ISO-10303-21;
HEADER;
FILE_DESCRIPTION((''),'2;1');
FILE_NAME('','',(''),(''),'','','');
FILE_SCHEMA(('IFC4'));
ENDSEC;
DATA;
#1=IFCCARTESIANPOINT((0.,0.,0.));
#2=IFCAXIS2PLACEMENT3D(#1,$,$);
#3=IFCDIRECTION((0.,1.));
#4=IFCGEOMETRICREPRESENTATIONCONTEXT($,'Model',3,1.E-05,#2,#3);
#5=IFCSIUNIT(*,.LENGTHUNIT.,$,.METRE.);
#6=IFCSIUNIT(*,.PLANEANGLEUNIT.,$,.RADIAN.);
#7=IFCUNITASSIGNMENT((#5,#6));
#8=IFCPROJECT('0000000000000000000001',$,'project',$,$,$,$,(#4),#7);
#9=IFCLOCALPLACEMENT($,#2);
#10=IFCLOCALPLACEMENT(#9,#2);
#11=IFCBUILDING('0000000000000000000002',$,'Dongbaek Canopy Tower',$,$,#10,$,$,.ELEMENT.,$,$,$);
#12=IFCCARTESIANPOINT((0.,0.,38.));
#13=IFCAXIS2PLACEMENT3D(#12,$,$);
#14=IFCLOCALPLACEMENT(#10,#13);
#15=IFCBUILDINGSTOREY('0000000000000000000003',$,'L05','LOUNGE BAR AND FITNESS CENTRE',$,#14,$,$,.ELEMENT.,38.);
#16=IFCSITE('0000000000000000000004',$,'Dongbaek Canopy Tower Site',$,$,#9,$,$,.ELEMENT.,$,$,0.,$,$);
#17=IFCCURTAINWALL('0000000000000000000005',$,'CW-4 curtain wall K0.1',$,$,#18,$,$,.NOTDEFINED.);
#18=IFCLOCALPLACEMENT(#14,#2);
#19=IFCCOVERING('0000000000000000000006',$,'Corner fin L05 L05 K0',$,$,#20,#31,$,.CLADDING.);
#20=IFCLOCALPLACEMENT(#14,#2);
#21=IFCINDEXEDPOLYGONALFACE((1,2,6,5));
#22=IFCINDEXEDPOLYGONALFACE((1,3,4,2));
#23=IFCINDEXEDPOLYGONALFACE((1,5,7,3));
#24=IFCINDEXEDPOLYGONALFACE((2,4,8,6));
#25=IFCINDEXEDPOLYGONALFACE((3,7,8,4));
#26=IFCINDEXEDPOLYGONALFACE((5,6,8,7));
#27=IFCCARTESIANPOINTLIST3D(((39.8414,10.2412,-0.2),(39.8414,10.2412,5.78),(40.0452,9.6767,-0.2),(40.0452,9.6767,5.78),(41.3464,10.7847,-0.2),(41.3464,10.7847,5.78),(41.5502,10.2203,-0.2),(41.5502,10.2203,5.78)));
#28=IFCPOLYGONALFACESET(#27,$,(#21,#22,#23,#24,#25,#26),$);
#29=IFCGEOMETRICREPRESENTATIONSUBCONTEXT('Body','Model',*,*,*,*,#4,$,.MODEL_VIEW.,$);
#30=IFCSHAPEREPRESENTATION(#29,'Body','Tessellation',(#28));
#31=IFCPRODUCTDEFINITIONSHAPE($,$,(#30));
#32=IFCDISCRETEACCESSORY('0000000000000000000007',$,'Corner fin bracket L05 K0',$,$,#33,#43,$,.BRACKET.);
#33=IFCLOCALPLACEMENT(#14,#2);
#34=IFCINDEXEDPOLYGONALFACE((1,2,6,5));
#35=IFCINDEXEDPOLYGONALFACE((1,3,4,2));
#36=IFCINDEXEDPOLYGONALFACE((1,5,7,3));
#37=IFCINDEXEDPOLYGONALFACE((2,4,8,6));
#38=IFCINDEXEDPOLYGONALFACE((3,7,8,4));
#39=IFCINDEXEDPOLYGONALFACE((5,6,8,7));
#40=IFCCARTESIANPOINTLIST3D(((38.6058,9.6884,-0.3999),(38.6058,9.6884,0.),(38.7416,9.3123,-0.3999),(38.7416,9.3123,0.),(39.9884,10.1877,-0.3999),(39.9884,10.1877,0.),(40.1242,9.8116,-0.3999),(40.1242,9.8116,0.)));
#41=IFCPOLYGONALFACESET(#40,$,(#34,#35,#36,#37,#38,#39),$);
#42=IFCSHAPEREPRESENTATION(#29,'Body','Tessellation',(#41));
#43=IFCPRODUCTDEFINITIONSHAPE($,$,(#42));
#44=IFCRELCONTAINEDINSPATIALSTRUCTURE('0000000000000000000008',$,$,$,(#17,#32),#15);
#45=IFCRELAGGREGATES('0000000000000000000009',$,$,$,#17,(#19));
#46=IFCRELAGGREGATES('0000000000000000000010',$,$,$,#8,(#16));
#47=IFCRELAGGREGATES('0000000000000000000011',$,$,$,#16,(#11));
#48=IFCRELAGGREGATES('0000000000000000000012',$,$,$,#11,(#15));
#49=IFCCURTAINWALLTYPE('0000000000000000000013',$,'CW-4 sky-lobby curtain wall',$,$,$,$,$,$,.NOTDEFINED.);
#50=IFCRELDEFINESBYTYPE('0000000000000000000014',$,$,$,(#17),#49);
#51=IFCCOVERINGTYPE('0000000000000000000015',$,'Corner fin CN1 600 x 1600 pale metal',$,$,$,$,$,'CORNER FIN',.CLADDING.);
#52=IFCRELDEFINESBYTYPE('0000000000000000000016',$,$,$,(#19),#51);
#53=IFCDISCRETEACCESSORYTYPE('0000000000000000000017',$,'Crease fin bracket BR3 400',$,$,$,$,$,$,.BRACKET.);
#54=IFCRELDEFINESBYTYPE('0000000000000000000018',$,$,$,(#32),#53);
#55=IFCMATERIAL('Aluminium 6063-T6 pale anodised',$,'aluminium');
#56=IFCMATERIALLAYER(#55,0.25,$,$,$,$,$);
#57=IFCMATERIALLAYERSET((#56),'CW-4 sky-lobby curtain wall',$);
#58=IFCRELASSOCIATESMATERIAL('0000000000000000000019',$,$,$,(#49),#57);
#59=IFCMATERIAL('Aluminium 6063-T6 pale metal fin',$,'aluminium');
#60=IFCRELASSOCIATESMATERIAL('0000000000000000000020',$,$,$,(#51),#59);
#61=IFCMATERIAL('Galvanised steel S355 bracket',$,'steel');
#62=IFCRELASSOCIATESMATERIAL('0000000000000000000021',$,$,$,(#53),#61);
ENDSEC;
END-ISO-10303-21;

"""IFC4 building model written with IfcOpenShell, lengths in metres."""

from ifc_helpers import new_model, si_unit, direction, frame, origin, origin_2d, place, context, subcontext, project, spatial, rectangle, extrude, material, layer, layer_set, material_profile, profile_set, type_object, element, aggregate, save


model = new_model("IFC4")

# Units and contexts
model_context = context("Model", 3, precision=1e-05, world=origin(), true_north=direction((0.0, 1.0)))
body_context = subcontext(model_context, "Body", "Model", "MODEL_VIEW")
ifc_project = project(units=[si_unit("LENGTHUNIT", "METRE"), si_unit("PLANEANGLEUNIT", "RADIAN")], contexts=[model_context])

# Site, building, storey
site_placement = place(None, origin())
site = spatial("IfcSite", under=ifc_project, at=site_placement, Name="Dongbaek Canopy Tower Site", CompositionType="ELEMENT", RefElevation=0.0)
building_placement = place(site_placement, origin())
building = spatial("IfcBuilding", under=site, at=building_placement, Name="Dongbaek Canopy Tower", CompositionType="ELEMENT")
storey_placement = place(building_placement, frame((0.0, 0.0, 38.0)))
storey = spatial("IfcBuildingStorey", under=building, at=storey_placement, Name="L05", Description="LOUNGE BAR AND FITNESS CENTRE", CompositionType="ELEMENT", Elevation=38.0)

# Curtain wall
ifc_material_1 = material(Name="Aluminium 6063-T6 pale anodised", Category="aluminium")
ifc_layer_1 = layer(ifc_material_1, 0.25)
ifc_layer_set_1 = layer_set([ifc_layer_1], Name="CW-4 sky-lobby curtain wall")
curtain_wall_type = type_object("IfcCurtainWallType", Name="CW-4 sky-lobby curtain wall", PredefinedType="NOTDEFINED", material=ifc_layer_set_1)
curtain_wall_1_placement = place(storey_placement, origin())
curtain_wall_1 = element("IfcCurtainWall", 1, at=curtain_wall_1_placement, inside=storey, type_object=curtain_wall_type, Name="CW-4 curtain wall K0.1", PredefinedType="NOTDEFINED")

# Covering
ifc_material_2 = material(Name="Aluminium 6063-T6 pale metal fin", Category="aluminium")
ifc_material_profile_1 = material_profile(ifc_material_2, rectangle(XDim=1.6001, YDim=0.6001, at=origin_2d()), Name="Corner fin CN1 600 x 1600 pale metal")
ifc_profile_set_1 = profile_set([ifc_material_profile_1], Name="Aluminium 6063-T6 pale metal fin")
covering_type = type_object("IfcCoveringType", Name="Corner fin CN1 600 x 1600 pale metal", ElementType="CORNER FIN", PredefinedType="CLADDING", material=ifc_profile_set_1)
covering_placement = place(storey_placement, frame((40.6958, 10.2307, -0.2), z_axis=(0.0, 0.0, 1.0), x_axis=(0.940538, 0.339689, 0.0)))
covering = element("IfcCovering", 2, at=covering_placement, type_object=covering_type, Name="Corner fin L05 L05 K0", PredefinedType="CLADDING", context=body_context, shape_type="SweptSolid", body=[
    extrude(rectangle(XDim=1.6001, YDim=0.6001, at=origin_2d()), origin(), (0.0, 0.0, 1.0), 5.98),
])
aggregate(curtain_wall_1, [covering])

# Discrete accessory
ifc_material_3 = material(Name="Galvanised steel S355 bracket", Category="steel")
discrete_accessory_type = type_object("IfcDiscreteAccessoryType", Name="Crease fin bracket BR3 400", PredefinedType="BRACKET", material=ifc_material_3)
discrete_accessory_placement = place(storey_placement, frame((39.365, 9.75, -0.3999), z_axis=(0.0, 0.0, 1.0), x_axis=(0.940538, 0.339689, 0.0)))
element("IfcDiscreteAccessory", 3, at=discrete_accessory_placement, inside=storey, type_object=discrete_accessory_type, Name="Corner fin bracket L05 K0", PredefinedType="BRACKET", context=body_context, shape_type="SweptSolid", body=[
    extrude(rectangle(XDim=1.47, YDim=0.3999, at=origin_2d()), origin(), (0.0, 0.0, 1.0), 0.3999),
])

save(model, "model.ifc")
